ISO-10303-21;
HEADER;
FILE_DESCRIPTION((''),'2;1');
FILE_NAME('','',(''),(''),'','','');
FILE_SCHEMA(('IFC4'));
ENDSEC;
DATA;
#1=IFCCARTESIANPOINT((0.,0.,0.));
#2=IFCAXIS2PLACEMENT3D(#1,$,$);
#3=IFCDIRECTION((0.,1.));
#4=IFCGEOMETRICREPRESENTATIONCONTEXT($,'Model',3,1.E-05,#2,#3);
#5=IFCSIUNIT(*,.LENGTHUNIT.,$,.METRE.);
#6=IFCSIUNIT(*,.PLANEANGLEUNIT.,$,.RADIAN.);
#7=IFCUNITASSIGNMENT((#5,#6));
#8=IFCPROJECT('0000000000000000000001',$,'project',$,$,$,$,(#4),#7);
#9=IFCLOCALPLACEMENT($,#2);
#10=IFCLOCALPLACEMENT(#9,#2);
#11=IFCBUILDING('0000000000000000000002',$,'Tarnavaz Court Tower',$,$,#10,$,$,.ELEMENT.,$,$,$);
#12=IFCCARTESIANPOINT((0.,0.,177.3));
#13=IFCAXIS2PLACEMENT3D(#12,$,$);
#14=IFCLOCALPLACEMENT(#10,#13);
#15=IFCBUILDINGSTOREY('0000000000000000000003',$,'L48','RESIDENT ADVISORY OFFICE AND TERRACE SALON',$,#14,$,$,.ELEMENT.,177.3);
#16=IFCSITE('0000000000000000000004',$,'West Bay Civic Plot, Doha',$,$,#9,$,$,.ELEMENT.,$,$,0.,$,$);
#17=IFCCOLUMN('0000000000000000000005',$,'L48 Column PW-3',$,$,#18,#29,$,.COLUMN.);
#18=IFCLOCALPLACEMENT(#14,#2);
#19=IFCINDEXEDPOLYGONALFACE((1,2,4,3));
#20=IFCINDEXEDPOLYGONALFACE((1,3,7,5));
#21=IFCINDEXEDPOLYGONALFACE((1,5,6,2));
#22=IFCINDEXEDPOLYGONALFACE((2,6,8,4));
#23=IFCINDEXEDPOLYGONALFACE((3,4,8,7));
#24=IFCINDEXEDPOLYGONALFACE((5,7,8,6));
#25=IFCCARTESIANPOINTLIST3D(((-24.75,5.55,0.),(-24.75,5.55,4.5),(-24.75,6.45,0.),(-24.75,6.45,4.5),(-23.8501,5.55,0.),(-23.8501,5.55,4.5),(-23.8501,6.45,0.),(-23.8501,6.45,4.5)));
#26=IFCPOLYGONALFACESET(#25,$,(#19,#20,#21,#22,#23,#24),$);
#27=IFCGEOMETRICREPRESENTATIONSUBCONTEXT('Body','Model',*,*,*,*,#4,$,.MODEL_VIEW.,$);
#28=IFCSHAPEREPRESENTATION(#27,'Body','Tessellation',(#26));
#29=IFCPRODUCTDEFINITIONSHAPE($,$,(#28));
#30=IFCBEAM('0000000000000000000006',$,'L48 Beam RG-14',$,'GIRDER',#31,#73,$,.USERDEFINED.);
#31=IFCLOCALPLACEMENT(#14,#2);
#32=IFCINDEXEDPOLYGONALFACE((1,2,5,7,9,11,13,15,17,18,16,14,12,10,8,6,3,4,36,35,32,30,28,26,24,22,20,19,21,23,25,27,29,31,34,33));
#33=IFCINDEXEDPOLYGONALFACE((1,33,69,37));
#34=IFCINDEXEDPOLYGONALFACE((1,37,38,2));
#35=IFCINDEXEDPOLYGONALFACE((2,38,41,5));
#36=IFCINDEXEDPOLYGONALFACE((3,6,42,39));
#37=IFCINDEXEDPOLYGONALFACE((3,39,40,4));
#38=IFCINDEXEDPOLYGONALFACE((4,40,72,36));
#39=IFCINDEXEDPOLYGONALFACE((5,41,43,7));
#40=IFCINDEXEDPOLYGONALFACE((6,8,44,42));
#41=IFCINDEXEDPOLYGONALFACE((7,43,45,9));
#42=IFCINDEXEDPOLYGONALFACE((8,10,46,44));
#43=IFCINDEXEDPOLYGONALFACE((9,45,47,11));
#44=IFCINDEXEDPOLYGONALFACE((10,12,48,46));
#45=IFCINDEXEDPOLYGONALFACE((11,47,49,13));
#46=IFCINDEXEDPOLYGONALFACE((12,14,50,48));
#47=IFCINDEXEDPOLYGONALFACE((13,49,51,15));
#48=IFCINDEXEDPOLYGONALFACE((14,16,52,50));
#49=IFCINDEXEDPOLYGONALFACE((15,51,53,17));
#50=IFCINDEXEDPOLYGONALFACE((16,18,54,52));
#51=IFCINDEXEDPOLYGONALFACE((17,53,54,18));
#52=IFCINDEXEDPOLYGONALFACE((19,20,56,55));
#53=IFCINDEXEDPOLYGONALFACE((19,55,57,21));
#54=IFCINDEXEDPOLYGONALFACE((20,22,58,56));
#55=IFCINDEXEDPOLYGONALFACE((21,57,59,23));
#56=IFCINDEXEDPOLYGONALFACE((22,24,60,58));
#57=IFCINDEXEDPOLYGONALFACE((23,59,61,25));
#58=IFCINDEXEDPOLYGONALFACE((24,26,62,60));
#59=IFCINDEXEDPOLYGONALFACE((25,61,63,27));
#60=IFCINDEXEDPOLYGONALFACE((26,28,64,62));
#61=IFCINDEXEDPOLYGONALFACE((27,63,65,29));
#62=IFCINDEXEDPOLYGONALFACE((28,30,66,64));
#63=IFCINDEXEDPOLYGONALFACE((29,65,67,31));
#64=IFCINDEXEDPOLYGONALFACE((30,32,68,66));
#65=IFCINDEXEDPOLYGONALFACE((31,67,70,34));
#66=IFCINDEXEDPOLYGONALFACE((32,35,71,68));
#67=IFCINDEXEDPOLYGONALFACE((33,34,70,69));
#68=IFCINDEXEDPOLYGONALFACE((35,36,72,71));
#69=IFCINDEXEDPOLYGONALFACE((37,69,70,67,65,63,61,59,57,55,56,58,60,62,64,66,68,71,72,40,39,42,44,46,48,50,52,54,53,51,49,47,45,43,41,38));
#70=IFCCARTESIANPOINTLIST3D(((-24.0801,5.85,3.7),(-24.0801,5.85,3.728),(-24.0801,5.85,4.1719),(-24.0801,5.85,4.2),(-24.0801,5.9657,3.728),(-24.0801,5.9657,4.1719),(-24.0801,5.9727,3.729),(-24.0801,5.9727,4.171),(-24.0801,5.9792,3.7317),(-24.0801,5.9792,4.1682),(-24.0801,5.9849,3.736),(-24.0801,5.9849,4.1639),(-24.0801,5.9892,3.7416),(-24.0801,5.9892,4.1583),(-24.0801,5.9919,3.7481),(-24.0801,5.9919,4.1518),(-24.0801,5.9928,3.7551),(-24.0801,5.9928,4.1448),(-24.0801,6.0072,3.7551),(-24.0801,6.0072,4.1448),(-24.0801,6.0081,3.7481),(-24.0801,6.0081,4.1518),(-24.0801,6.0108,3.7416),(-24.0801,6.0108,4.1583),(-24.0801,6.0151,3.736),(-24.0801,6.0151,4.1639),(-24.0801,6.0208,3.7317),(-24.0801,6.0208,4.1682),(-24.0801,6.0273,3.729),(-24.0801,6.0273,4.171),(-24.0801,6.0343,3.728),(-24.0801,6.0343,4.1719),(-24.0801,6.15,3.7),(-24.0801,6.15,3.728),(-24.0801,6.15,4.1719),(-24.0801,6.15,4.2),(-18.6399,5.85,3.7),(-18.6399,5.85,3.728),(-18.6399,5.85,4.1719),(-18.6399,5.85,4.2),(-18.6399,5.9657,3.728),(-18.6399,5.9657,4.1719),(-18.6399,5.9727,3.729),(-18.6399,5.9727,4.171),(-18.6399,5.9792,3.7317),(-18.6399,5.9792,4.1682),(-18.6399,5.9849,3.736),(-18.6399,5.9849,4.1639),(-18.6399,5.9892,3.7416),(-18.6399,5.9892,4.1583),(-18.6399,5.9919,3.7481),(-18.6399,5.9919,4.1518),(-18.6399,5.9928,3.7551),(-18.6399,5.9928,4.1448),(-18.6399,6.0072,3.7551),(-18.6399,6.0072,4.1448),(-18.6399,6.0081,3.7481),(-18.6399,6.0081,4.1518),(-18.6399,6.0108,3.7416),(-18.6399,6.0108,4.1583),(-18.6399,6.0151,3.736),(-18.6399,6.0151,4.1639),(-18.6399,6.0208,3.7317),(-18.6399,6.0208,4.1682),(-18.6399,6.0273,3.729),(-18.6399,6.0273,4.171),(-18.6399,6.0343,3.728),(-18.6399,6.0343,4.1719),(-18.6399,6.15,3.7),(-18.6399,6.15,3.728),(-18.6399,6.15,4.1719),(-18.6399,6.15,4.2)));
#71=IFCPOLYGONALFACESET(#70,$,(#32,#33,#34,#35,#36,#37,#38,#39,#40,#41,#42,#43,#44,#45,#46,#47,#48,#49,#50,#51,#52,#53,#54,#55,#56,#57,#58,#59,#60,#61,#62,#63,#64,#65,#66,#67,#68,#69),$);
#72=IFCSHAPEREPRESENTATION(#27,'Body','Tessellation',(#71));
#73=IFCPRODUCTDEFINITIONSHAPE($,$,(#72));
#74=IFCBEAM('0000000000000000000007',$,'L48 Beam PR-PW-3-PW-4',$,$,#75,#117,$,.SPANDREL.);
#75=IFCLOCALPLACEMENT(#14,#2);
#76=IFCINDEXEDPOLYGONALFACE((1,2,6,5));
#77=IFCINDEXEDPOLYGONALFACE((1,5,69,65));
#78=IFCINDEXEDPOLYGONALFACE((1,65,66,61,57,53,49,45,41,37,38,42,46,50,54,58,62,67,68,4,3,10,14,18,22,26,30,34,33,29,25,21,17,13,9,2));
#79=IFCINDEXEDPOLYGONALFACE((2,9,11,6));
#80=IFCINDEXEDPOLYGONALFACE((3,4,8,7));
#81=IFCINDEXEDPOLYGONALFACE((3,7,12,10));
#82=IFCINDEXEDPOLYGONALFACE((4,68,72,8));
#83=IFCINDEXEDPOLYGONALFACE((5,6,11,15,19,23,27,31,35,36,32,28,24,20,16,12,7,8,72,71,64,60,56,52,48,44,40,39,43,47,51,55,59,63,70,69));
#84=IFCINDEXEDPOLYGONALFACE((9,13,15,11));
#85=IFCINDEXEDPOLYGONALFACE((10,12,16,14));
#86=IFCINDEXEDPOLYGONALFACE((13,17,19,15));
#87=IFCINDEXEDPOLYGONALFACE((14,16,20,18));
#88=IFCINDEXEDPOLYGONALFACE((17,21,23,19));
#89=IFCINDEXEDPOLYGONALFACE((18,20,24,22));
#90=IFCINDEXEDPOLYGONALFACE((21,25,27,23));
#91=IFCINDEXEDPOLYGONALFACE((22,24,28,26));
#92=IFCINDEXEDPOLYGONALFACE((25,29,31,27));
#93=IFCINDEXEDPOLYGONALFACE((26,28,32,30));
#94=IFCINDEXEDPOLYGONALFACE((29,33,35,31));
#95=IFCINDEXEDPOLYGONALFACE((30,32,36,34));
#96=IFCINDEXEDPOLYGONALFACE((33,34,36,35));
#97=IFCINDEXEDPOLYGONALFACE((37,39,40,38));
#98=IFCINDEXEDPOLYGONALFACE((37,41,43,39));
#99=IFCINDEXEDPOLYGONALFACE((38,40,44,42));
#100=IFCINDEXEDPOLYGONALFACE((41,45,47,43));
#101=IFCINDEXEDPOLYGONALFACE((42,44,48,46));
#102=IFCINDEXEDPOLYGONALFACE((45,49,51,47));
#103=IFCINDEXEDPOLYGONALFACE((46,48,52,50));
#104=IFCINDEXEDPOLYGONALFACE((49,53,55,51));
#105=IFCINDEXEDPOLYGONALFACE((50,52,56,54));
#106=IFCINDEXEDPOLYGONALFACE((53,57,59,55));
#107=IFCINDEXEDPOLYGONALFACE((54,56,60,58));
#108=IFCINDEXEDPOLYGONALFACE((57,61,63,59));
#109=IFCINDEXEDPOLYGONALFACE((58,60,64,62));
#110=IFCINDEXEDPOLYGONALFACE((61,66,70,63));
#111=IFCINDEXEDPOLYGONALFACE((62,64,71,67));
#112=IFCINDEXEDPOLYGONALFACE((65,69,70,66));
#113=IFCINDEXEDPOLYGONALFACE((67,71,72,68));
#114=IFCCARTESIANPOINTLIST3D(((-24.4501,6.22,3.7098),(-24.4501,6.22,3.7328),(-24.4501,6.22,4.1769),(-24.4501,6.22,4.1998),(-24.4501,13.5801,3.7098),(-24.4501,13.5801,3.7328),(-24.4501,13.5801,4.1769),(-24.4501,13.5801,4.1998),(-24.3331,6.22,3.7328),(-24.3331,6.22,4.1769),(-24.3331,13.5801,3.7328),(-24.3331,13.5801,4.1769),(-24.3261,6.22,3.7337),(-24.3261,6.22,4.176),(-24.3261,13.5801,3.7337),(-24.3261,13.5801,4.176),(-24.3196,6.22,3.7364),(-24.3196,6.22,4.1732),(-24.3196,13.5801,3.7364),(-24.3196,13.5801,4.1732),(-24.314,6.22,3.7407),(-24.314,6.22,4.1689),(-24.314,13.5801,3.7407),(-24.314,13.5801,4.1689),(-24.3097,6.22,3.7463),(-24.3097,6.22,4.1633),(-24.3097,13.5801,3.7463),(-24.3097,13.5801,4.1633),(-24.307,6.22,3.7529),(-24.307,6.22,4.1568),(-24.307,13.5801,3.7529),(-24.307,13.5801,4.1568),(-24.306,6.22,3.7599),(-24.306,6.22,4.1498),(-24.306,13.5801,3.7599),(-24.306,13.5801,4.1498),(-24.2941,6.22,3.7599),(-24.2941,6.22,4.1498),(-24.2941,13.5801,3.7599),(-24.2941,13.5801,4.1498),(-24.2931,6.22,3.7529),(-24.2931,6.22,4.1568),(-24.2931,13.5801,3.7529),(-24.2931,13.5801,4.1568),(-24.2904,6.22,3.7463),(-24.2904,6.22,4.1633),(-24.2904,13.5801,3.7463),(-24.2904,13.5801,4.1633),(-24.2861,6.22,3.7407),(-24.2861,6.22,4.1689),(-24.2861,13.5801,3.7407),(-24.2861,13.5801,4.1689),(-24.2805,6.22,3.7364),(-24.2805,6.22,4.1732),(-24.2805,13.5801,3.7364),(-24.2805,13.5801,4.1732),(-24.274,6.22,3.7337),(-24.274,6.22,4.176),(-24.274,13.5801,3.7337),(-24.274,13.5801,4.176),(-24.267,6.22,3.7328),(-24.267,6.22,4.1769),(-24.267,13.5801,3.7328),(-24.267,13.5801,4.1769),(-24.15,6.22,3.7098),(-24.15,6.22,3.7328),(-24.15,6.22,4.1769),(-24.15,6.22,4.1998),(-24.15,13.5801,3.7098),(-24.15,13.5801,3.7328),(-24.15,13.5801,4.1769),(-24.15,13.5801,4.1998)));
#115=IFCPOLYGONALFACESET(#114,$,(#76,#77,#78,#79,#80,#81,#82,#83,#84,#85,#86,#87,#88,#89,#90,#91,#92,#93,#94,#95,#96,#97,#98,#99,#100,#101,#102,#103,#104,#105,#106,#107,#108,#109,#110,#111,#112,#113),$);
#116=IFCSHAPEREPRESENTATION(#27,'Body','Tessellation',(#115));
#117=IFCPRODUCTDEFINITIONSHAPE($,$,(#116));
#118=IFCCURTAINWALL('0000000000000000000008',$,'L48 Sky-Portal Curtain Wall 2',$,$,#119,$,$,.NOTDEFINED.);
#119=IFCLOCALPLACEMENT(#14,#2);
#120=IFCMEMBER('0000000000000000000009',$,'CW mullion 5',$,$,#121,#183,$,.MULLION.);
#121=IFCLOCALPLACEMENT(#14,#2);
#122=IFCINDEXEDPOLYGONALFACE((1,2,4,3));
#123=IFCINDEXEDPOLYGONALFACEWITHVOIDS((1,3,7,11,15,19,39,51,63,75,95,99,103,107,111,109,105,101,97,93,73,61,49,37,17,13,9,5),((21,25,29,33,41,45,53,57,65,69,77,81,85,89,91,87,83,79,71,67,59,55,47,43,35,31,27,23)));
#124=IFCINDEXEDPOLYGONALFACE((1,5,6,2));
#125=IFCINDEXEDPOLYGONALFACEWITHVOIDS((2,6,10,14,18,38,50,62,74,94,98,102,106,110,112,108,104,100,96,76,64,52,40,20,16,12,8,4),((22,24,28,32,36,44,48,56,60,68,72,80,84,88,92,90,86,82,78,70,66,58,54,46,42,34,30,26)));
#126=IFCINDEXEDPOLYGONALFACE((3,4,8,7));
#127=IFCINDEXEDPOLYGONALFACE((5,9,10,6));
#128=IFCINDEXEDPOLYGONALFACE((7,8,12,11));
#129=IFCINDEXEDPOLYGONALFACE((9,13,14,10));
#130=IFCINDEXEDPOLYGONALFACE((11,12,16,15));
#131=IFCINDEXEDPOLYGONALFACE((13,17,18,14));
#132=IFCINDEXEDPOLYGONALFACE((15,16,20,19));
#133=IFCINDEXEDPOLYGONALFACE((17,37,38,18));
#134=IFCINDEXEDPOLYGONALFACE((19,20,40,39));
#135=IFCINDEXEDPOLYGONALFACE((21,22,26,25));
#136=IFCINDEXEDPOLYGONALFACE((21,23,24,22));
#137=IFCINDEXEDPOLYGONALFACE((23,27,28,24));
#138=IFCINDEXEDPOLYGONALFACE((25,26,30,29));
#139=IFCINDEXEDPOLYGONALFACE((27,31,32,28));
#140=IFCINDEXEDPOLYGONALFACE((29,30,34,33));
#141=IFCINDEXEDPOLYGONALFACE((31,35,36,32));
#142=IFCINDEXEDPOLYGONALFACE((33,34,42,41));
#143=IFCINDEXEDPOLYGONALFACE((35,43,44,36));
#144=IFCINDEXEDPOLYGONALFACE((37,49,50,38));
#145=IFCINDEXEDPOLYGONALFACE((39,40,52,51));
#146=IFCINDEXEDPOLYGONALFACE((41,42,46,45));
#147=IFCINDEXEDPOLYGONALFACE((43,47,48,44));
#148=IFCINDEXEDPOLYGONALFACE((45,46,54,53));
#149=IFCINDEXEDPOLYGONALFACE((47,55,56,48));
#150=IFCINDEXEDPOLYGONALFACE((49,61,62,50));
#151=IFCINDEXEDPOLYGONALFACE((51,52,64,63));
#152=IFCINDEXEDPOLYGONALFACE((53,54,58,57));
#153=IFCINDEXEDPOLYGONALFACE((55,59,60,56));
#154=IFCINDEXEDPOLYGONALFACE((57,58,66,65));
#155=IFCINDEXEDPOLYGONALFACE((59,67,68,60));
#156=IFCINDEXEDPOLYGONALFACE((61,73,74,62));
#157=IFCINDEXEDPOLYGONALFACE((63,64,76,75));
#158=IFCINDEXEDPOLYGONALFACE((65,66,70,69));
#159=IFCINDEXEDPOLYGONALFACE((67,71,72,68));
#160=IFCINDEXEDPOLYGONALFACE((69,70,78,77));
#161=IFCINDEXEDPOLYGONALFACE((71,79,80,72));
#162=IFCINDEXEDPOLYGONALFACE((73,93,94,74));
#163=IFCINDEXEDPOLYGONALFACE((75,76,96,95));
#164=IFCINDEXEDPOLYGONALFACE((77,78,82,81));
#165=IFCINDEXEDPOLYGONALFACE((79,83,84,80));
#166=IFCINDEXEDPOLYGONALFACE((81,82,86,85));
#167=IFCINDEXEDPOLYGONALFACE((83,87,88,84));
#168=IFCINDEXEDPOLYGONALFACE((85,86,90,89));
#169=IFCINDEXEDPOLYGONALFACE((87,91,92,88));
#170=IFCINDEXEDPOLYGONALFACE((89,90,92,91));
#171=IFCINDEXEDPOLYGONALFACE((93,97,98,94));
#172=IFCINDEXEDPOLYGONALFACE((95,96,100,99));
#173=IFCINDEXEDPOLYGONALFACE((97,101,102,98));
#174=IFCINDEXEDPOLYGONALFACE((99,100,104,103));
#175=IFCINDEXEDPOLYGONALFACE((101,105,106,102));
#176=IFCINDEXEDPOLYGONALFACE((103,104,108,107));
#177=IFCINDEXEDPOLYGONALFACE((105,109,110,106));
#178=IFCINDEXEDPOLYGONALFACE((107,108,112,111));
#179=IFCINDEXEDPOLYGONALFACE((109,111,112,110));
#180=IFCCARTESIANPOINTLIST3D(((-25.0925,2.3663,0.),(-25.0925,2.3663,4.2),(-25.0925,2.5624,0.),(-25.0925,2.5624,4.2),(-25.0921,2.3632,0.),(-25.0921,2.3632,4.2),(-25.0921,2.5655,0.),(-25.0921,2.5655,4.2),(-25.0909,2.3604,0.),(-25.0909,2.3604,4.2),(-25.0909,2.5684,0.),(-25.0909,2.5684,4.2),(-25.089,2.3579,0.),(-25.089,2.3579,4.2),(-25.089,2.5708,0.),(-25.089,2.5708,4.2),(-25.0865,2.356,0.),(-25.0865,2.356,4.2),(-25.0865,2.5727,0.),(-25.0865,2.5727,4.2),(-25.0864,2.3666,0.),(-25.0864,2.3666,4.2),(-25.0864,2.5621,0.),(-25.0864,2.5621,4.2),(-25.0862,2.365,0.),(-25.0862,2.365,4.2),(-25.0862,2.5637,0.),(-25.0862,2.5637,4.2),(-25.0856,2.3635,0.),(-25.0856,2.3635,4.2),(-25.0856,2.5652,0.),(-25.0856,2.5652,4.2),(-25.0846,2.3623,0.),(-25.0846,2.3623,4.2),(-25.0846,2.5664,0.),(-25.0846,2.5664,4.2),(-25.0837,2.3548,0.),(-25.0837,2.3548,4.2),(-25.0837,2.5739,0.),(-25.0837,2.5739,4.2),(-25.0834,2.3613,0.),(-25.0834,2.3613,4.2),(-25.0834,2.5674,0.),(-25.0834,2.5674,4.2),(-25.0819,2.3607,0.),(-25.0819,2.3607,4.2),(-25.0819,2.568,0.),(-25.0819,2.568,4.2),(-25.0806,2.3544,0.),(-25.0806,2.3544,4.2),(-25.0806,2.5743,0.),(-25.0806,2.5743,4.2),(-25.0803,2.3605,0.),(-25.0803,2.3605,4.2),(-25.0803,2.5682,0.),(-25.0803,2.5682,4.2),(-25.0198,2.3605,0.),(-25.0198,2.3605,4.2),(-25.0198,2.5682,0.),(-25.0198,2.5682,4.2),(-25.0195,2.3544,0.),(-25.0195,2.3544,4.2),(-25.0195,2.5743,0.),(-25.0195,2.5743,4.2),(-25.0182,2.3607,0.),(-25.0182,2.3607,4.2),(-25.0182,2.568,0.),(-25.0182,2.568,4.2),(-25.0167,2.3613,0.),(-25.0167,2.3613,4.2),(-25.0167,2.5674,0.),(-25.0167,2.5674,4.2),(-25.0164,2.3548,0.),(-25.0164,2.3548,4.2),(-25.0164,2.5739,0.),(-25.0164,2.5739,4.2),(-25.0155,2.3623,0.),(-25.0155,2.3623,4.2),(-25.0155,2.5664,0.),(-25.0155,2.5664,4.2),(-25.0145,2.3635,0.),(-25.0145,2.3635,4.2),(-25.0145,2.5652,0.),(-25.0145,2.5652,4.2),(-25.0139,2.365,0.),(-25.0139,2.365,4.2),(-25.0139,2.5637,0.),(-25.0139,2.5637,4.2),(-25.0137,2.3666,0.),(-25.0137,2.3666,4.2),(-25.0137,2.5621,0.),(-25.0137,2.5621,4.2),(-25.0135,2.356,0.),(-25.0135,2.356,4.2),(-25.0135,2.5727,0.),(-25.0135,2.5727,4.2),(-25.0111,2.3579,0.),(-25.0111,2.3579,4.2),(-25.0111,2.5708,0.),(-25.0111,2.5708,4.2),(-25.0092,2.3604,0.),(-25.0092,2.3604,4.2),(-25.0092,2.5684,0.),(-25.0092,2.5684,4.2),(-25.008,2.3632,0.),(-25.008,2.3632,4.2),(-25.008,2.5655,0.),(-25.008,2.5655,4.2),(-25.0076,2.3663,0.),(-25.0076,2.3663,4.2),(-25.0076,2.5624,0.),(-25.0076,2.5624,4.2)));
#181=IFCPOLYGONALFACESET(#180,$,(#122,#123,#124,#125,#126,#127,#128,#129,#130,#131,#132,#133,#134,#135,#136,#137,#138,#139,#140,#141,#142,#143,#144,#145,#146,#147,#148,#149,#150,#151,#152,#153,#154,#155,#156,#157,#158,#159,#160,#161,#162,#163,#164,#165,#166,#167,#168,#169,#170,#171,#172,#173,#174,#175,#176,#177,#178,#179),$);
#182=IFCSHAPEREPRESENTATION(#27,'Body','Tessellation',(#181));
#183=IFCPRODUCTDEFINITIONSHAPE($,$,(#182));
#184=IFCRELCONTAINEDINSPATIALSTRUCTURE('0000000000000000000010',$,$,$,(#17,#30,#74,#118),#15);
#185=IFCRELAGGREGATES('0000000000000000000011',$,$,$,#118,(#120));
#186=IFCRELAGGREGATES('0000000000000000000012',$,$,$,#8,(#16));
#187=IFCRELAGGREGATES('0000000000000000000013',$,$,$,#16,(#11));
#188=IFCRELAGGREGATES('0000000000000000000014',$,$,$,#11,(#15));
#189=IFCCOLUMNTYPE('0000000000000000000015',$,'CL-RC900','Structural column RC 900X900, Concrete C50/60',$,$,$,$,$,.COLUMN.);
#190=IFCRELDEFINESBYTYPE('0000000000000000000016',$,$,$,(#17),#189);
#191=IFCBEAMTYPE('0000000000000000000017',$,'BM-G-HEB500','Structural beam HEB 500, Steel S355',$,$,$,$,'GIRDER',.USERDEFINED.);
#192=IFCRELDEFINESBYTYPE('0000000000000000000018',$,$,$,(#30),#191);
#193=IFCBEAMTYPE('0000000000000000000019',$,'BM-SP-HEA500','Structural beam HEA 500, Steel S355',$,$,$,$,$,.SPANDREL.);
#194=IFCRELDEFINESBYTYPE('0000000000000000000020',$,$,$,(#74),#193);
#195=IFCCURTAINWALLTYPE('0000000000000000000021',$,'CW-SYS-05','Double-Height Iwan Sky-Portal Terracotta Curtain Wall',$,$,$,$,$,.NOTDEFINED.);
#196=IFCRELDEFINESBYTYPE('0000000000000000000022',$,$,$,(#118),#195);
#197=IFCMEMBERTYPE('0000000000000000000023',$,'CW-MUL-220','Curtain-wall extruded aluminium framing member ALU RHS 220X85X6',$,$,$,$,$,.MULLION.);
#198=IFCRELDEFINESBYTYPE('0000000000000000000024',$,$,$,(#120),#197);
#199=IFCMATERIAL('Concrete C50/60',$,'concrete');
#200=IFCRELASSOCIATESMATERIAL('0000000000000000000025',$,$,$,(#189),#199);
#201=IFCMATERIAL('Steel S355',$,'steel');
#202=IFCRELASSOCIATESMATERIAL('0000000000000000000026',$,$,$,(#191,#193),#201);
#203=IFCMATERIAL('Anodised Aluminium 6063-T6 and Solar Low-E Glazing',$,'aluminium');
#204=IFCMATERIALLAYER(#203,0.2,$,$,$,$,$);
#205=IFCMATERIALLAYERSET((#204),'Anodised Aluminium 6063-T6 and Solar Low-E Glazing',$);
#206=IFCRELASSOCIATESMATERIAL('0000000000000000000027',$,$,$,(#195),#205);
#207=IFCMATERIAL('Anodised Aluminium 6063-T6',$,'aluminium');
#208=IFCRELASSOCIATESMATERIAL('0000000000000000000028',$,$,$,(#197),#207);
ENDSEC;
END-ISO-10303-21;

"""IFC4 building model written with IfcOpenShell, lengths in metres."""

from ifc_helpers import new_model, si_unit, direction, frame, origin, origin_2d, place, context, subcontext, project, spatial, rectangle, hollow_rectangle, i_section, extrude, material, layer, layer_set, material_profile, profile_set, type_object, element, aggregate, save


model = new_model("IFC4")

# Units and contexts
model_context = context("Model", 3, precision=1e-05, world=origin(), true_north=direction((0.0, 1.0)))
body_context = subcontext(model_context, "Body", "Model", "MODEL_VIEW")
ifc_project = project(units=[si_unit("LENGTHUNIT", "METRE"), si_unit("PLANEANGLEUNIT", "RADIAN")], contexts=[model_context])

# Site, building, storey
site_placement = place(None, origin())
site = spatial("IfcSite", under=ifc_project, at=site_placement, Name="West Bay Civic Plot, Doha", CompositionType="ELEMENT", RefElevation=0.0)
building_placement = place(site_placement, origin())
building = spatial("IfcBuilding", under=site, at=building_placement, Name="Tarnavaz Court Tower", CompositionType="ELEMENT")
storey_placement = place(building_placement, frame((0.0, 0.0, 177.3)))
storey = spatial("IfcBuildingStorey", under=building, at=storey_placement, Name="L48", Description="RESIDENT ADVISORY OFFICE AND TERRACE SALON", CompositionType="ELEMENT", Elevation=177.3)

# Column
ifc_material_1 = material(Name="Concrete C50/60", Category="concrete")
ifc_material_profile_1 = material_profile(ifc_material_1, rectangle(XDim=0.8999, YDim=0.8999, at=origin_2d()), Name="RC 900X900")
ifc_profile_set_1 = profile_set([ifc_material_profile_1], Name="Concrete C50/60")
column_type = type_object("IfcColumnType", Name="CL-RC900", Description="Structural column RC 900X900, Concrete C50/60", PredefinedType="COLUMN", material=ifc_profile_set_1)
column_placement = place(storey_placement, frame((-24.3, 6.0, 0.0), z_axis=(0.0, 0.0, 1.0), x_axis=(1.0, 0.0, 0.0)))
element("IfcColumn", 1, at=column_placement, inside=storey, type_object=column_type, Name="L48 Column PW-3", PredefinedType="COLUMN", context=body_context, shape_type="SweptSolid", body=[
    extrude(rectangle(XDim=0.8999, YDim=0.8999, at=origin_2d()), origin(), (0.0, 0.0, 1.0), 4.5),
])

# Beams
ifc_material_2 = material(Name="Steel S355", Category="steel")
ifc_material_profile_2 = material_profile(ifc_material_2, i_section(OverallWidth=0.3, OverallDepth=0.5, WebThickness=0.0144, FlangeThickness=0.0281, FilletRadius=0.0271, at=origin_2d()), Name="HEB 500")
ifc_profile_set_2 = profile_set([ifc_material_profile_2], Name="Steel S355")
beam_type_1 = type_object("IfcBeamType", Name="BM-G-HEB500", Description="Structural beam HEB 500, Steel S355", ElementType="GIRDER", PredefinedType="USERDEFINED", material=ifc_profile_set_2)
beam_1_placement = place(storey_placement, frame((-18.6399, 6.0, 3.95), z_axis=(-1.0, 0.0, 0.0), x_axis=(0.0, -1.0, 0.0)))
element("IfcBeam", 2, at=beam_1_placement, inside=storey, type_object=beam_type_1, Name="L48 Beam RG-14", ObjectType="GIRDER", PredefinedType="USERDEFINED", context=body_context, shape_type="SweptSolid", body=[
    extrude(i_section(OverallWidth=0.3, OverallDepth=0.5, WebThickness=0.0144, FlangeThickness=0.0281, FilletRadius=0.0271, at=origin_2d()), origin(), (0.0, 0.0, 1.0), 5.4402),
])
ifc_material_profile_3 = material_profile(ifc_material_2, i_section(OverallWidth=0.3, OverallDepth=0.49, WebThickness=0.012, FlangeThickness=0.0229, FilletRadius=0.0271, at=origin_2d()), Name="HEA 500")
ifc_profile_set_3 = profile_set([ifc_material_profile_3], Name="Steel S355")
beam_type_2 = type_object("IfcBeamType", Name="BM-SP-HEA500", Description="Structural beam HEA 500, Steel S355", PredefinedType="SPANDREL", material=ifc_profile_set_3)
beam_2_placement = place(storey_placement, frame((-24.3, 6.22, 3.9548), z_axis=(0.0, 1.0, 0.0), x_axis=(-1.0, 0.0, 0.0)))
element("IfcBeam", 3, at=beam_2_placement, inside=storey, type_object=beam_type_2, Name="L48 Beam PR-PW-3-PW-4", PredefinedType="SPANDREL", context=body_context, shape_type="SweptSolid", body=[
    extrude(i_section(OverallWidth=0.3, OverallDepth=0.49, WebThickness=0.012, FlangeThickness=0.0229, FilletRadius=0.0271, at=origin_2d()), origin(), (0.0, 0.0, 1.0), 7.3601),
])

# Curtain wall, member
ifc_material_3 = material(Name="Anodised Aluminium 6063-T6 and Solar Low-E Glazing", Category="aluminium")
ifc_layer_1 = layer(ifc_material_3, 0.2)
ifc_layer_set_1 = layer_set([ifc_layer_1], Name="Anodised Aluminium 6063-T6 and Solar Low-E Glazing")
curtain_wall_type = type_object("IfcCurtainWallType", Name="CW-SYS-05", Description="Double-Height Iwan Sky-Portal Terracotta Curtain Wall", PredefinedType="NOTDEFINED", material=ifc_layer_set_1)
curtain_wall_placement = place(storey_placement, origin())
curtain_wall = element("IfcCurtainWall", 4, at=curtain_wall_placement, inside=storey, type_object=curtain_wall_type, Name="L48 Sky-Portal Curtain Wall 2", PredefinedType="NOTDEFINED")
ifc_material_4 = material(Name="Anodised Aluminium 6063-T6", Category="aluminium")
ifc_material_profile_4 = material_profile(ifc_material_4, hollow_rectangle(XDim=0.085, YDim=0.22, WallThickness=0.0061, InnerFilletRadius=0.0061, OuterFilletRadius=0.012, at=origin_2d()), Name="ALU RHS 220X85X6")
ifc_profile_set_4 = profile_set([ifc_material_profile_4], Name="Anodised Aluminium 6063-T6")
member_type_1 = type_object("IfcMemberType", Name="CW-MUL-220", Description="Curtain-wall extruded aluminium framing member ALU RHS 220X85X6", PredefinedType="MULLION", material=ifc_profile_set_4)
member_1_placement = place(storey_placement, frame((-25.05, 2.4644, 0.0), z_axis=(0.0, 0.0, 1.0), x_axis=(-1.0, 0.0, 0.0)))
member_1 = element("IfcMember", 5, at=member_1_placement, type_object=member_type_1, Name="CW mullion 5", PredefinedType="MULLION", context=body_context, shape_type="SweptSolid", body=[
    extrude(hollow_rectangle(XDim=0.085, YDim=0.22, WallThickness=0.0061, InnerFilletRadius=0.0061, OuterFilletRadius=0.012, at=origin_2d()), origin(), (0.0, 0.0, 1.0), 4.2),
])
aggregate(curtain_wall, [member_1])

save(model, "model.ifc")
